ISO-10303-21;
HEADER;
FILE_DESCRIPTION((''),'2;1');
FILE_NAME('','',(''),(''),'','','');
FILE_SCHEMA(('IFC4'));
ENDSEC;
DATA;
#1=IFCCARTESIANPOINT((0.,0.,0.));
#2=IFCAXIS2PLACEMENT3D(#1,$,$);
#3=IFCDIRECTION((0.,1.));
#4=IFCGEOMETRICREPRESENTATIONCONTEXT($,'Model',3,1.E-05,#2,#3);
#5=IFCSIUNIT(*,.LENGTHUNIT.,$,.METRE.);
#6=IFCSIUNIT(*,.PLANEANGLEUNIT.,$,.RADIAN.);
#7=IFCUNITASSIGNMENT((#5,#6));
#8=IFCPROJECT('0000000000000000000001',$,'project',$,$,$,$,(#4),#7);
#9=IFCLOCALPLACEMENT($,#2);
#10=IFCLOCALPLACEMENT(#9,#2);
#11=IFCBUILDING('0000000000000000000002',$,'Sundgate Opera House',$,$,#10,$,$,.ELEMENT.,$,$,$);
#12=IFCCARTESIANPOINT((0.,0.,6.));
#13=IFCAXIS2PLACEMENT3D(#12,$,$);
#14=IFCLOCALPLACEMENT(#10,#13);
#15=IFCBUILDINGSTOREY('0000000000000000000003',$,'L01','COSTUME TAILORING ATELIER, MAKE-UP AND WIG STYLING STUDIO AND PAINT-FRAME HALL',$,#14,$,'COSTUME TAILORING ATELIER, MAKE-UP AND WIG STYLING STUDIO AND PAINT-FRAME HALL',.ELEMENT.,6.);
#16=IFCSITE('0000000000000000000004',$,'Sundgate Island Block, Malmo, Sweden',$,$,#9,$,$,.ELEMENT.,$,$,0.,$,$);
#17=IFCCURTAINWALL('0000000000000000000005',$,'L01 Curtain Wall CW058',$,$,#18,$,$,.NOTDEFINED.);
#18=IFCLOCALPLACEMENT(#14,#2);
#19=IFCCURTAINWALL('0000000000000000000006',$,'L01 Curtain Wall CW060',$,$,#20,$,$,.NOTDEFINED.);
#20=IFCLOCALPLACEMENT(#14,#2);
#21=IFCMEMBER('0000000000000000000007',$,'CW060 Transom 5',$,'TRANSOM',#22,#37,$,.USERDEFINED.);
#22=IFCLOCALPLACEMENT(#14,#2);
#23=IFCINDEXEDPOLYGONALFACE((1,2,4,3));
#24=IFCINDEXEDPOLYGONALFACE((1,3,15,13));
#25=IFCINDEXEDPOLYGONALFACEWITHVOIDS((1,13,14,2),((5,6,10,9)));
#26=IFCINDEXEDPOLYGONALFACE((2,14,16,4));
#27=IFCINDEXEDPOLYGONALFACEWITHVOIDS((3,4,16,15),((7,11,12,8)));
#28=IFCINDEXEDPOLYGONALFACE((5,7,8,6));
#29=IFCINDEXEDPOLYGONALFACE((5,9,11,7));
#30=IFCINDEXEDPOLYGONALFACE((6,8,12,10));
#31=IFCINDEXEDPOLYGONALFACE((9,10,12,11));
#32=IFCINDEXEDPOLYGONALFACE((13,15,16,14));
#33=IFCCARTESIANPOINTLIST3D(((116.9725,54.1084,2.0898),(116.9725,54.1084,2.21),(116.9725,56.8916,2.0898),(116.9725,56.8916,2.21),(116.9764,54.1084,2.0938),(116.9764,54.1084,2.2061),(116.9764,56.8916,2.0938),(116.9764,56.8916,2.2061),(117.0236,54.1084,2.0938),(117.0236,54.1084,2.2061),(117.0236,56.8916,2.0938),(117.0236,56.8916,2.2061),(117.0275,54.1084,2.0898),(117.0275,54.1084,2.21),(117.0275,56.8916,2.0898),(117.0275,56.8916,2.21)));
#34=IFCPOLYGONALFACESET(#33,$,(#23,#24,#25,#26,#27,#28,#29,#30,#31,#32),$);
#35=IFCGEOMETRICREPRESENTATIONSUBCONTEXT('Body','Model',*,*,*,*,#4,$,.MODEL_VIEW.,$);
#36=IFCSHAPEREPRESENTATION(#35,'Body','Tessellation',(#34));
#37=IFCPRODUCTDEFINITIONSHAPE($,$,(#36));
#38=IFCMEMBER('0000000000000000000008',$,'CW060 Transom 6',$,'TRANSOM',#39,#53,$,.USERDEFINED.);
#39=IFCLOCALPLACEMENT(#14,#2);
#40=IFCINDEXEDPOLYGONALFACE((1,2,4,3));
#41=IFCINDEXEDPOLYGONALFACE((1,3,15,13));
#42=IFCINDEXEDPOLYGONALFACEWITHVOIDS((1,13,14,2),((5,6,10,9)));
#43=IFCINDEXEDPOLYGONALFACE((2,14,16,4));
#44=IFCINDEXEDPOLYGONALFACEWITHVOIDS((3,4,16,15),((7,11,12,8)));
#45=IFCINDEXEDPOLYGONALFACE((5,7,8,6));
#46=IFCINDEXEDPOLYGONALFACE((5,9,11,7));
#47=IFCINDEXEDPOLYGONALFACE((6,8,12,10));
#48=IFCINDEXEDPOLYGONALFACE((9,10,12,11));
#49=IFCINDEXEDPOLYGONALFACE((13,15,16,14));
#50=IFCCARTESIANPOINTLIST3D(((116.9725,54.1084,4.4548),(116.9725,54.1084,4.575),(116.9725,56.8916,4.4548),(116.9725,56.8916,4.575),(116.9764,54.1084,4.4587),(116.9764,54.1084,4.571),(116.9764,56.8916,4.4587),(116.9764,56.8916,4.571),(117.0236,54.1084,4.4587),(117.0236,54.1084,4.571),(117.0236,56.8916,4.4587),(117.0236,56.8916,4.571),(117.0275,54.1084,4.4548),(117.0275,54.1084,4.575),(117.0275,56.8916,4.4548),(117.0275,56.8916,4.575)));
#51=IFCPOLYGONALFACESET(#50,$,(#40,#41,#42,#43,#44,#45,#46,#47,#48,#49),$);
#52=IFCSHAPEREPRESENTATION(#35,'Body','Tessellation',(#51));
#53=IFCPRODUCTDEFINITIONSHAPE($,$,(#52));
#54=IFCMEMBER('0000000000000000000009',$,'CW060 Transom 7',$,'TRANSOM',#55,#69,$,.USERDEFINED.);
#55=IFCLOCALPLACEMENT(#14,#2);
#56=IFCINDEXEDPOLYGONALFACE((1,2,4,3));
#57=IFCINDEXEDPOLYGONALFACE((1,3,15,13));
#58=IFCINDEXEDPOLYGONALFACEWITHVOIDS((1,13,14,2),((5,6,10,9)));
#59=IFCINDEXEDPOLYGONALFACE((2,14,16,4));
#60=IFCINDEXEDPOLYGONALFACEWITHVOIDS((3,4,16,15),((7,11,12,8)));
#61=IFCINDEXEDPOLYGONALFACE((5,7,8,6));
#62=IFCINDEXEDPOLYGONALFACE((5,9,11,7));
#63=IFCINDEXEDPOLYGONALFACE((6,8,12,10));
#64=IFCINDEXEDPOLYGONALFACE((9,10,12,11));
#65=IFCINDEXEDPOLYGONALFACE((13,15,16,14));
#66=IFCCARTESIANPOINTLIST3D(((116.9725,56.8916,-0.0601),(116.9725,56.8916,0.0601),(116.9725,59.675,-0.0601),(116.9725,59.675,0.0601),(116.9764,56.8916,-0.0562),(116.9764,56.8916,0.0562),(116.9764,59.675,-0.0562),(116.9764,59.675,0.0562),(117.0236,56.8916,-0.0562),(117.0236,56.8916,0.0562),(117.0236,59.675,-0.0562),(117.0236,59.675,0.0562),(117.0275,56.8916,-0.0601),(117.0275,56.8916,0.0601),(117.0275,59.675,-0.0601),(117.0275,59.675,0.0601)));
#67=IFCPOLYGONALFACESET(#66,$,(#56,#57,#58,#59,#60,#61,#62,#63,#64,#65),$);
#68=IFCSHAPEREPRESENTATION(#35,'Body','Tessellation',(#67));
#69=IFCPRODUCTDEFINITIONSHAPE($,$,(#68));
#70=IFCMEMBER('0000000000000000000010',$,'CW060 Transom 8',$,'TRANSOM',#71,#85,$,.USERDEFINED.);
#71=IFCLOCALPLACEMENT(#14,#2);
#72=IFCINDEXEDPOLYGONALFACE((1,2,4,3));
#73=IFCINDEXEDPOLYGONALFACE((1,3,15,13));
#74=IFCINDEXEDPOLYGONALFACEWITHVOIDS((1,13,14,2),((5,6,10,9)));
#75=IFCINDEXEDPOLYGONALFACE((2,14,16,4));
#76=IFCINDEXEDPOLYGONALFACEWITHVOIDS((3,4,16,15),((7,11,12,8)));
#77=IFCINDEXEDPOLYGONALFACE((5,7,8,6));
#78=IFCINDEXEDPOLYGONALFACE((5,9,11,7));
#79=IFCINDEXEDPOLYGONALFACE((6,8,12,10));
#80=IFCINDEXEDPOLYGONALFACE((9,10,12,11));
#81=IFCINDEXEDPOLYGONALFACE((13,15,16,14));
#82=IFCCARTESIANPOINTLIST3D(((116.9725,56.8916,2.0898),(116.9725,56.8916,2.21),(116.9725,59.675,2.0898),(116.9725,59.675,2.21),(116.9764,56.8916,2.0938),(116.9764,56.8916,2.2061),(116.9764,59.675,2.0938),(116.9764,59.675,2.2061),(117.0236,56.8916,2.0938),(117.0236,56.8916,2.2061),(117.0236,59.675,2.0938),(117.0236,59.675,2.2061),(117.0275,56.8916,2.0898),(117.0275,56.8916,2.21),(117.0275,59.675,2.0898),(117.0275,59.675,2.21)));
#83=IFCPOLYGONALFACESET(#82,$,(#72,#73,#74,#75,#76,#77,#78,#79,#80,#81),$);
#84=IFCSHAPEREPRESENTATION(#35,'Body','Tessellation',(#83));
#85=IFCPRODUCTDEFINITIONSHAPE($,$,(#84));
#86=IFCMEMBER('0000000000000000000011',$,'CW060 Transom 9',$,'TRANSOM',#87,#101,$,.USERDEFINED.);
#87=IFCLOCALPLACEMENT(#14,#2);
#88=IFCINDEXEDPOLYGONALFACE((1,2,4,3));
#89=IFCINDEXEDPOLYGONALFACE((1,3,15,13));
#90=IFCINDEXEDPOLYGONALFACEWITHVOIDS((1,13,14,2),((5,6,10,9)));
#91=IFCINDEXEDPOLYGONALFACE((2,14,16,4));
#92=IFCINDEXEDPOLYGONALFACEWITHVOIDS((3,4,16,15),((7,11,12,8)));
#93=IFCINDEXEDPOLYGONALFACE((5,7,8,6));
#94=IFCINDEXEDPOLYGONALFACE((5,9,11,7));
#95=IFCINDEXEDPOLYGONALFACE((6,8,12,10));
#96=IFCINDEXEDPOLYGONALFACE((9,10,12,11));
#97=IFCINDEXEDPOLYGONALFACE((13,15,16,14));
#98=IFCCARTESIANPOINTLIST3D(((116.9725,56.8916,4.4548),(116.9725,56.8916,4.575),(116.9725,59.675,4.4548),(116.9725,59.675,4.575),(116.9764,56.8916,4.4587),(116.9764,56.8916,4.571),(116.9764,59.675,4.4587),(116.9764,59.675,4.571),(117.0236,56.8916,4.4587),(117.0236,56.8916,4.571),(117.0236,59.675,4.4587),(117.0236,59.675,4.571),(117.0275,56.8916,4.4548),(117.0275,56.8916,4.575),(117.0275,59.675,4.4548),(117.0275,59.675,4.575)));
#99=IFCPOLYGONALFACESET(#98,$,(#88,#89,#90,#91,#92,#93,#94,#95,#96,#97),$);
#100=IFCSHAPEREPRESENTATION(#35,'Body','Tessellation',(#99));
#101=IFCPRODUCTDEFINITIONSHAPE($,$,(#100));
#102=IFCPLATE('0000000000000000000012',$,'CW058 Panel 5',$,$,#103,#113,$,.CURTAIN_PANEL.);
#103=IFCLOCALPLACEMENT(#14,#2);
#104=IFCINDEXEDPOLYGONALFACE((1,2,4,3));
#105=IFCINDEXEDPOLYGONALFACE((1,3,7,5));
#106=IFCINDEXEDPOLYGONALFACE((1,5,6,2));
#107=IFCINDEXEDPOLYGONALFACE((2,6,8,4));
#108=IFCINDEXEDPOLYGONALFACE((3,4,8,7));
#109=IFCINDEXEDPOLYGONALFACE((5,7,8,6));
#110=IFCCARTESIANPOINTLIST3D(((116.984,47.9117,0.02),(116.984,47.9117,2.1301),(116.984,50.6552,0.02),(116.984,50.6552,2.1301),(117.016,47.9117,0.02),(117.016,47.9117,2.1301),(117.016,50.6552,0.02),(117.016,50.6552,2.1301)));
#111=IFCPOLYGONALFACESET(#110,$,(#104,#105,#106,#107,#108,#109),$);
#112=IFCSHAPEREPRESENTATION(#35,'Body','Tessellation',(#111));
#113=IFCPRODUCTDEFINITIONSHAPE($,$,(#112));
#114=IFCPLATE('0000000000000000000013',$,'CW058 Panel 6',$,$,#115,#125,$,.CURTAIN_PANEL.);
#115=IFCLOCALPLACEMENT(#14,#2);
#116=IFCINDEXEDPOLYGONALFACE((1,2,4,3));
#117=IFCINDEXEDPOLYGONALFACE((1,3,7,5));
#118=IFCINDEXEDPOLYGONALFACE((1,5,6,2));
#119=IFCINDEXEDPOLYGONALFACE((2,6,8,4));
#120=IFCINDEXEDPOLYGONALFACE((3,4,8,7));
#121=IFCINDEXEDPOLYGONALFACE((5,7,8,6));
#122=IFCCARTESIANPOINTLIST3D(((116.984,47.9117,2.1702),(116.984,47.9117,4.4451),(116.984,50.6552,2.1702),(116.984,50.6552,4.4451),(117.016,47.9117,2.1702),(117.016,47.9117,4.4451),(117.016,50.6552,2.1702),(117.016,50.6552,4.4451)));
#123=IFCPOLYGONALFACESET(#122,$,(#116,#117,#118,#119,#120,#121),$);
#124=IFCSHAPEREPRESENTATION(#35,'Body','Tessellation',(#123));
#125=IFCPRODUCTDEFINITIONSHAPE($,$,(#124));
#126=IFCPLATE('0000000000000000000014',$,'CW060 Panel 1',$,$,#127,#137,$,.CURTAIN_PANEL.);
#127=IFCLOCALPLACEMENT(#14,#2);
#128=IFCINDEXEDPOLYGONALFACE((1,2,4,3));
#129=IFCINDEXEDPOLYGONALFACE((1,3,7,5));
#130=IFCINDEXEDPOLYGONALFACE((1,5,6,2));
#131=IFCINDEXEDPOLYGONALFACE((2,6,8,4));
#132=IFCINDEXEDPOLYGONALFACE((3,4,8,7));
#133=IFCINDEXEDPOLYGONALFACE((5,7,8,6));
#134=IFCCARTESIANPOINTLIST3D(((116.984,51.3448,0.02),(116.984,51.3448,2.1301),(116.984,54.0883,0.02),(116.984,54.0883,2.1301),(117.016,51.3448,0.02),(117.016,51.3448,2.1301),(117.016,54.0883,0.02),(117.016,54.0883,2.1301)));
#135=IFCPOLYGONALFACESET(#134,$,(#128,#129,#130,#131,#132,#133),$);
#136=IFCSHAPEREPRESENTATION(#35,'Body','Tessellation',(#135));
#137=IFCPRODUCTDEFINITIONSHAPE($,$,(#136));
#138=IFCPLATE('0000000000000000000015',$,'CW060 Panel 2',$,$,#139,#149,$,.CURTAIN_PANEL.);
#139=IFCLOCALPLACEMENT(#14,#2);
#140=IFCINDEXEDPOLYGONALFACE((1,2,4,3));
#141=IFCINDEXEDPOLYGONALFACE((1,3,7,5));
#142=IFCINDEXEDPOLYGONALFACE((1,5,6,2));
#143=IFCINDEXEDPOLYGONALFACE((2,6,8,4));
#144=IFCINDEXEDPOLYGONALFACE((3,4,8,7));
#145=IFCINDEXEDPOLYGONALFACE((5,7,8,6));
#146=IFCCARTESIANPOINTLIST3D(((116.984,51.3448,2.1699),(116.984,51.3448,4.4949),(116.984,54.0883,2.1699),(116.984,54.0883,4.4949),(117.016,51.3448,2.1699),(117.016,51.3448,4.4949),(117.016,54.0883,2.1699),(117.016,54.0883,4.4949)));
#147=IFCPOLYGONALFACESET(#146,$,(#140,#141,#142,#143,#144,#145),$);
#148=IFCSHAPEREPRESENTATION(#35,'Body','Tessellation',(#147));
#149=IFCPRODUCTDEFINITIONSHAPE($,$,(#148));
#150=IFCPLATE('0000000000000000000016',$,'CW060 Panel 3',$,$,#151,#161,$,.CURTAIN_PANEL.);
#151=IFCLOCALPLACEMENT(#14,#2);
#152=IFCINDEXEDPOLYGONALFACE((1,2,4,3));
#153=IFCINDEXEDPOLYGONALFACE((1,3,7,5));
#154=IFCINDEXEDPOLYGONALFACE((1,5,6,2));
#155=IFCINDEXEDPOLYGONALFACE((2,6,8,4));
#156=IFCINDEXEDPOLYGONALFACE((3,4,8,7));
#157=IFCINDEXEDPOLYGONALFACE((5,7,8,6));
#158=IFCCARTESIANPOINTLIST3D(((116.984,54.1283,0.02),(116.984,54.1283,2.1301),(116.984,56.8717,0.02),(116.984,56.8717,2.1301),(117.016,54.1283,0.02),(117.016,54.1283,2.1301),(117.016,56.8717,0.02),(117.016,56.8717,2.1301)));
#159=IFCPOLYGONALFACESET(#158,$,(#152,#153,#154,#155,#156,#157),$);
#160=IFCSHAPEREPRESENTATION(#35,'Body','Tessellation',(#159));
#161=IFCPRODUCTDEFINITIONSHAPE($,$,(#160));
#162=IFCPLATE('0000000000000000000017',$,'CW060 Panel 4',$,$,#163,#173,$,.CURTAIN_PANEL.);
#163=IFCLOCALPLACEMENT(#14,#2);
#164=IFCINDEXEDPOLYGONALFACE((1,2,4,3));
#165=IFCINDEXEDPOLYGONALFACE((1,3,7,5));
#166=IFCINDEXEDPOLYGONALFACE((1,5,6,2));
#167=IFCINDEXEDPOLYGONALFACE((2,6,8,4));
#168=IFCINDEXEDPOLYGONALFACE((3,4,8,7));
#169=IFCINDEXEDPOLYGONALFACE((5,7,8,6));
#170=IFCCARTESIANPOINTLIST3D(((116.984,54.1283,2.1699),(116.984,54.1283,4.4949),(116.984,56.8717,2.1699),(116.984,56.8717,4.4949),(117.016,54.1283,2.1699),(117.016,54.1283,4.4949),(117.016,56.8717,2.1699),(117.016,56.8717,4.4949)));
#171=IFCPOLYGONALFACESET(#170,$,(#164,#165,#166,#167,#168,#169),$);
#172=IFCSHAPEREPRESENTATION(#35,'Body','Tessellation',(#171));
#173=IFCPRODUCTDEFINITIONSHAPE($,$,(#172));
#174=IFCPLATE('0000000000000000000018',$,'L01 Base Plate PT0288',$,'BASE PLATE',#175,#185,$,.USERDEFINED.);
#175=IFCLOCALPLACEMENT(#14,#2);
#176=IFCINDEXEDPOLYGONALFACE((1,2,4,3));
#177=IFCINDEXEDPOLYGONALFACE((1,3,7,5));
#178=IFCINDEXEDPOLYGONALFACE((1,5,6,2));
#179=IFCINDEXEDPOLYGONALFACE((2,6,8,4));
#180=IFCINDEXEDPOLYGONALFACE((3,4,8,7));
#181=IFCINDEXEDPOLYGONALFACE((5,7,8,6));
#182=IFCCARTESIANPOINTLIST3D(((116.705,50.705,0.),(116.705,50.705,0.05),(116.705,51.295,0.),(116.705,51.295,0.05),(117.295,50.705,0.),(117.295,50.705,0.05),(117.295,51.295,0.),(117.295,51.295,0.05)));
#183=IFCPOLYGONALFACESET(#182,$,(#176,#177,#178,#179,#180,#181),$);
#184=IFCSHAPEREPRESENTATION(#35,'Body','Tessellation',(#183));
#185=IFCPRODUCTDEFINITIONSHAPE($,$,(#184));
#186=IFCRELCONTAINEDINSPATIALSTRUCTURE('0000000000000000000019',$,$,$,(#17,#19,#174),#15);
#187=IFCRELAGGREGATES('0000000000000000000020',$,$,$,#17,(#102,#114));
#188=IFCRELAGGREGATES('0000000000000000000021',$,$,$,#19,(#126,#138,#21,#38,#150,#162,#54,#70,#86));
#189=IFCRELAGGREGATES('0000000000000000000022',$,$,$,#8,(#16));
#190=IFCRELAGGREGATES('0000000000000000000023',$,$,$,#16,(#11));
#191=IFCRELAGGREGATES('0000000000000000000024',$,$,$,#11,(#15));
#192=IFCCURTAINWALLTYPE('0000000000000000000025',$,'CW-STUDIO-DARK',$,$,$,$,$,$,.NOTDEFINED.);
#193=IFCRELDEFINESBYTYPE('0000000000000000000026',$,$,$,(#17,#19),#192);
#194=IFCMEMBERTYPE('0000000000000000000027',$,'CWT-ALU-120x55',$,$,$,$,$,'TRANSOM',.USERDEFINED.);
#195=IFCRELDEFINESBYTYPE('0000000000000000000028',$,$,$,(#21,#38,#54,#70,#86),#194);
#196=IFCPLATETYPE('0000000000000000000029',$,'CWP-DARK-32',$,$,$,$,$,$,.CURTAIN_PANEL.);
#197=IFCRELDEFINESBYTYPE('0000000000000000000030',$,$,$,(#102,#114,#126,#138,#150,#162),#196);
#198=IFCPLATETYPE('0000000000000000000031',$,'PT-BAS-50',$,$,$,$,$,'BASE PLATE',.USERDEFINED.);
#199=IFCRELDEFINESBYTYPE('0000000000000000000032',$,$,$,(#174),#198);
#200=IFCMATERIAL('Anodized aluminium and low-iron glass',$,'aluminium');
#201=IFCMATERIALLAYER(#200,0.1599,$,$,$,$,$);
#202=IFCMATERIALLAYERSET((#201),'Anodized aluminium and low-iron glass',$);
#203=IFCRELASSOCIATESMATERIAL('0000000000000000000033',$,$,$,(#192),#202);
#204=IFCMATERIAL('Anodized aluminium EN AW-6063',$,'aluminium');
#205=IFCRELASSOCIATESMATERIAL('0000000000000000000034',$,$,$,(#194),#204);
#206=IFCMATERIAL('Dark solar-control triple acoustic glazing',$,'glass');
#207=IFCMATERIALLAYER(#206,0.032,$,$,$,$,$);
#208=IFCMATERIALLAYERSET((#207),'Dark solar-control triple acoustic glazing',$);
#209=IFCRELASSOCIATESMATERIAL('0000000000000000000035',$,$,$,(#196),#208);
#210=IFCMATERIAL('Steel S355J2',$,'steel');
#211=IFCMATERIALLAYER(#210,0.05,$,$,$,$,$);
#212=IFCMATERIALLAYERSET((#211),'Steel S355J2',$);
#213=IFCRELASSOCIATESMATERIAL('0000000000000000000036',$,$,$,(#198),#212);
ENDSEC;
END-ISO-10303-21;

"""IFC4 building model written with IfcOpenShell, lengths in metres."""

from ifc_helpers import new_model, si_unit, direction, frame, origin, origin_2d, place, context, subcontext, project, spatial, rectangle, hollow_rectangle, extrude, material, layer, layer_set, material_profile, profile_set, type_object, element, aggregate, save


model = new_model("IFC4")

# Units and contexts
model_context = context("Model", 3, precision=1e-05, world=origin(), true_north=direction((0.0, 1.0)))
body_context = subcontext(model_context, "Body", "Model", "MODEL_VIEW")
ifc_project = project(units=[si_unit("LENGTHUNIT", "METRE"), si_unit("PLANEANGLEUNIT", "RADIAN")], contexts=[model_context])

# Site, building, storey
site_placement = place(None, origin())
site = spatial("IfcSite", under=ifc_project, at=site_placement, Name="Sundgate Island Block, Malmo, Sweden", CompositionType="ELEMENT", RefElevation=0.0)
building_placement = place(site_placement, origin())
building = spatial("IfcBuilding", under=site, at=building_placement, Name="Sundgate Opera House", CompositionType="ELEMENT")
storey_placement = place(building_placement, frame((0.0, 0.0, 6.0)))
storey = spatial("IfcBuildingStorey", under=building, at=storey_placement, Name="L01", Description="COSTUME TAILORING ATELIER, MAKE-UP AND WIG STYLING STUDIO AND PAINT-FRAME HALL", LongName="COSTUME TAILORING ATELIER, MAKE-UP AND WIG STYLING STUDIO AND PAINT-FRAME HALL", CompositionType="ELEMENT", Elevation=6.0)

# Curtain wall
ifc_material_1 = material(Name="Anodized aluminium and low-iron glass", Category="aluminium")
ifc_layer_1 = layer(ifc_material_1, 0.1599)
ifc_layer_set_1 = layer_set([ifc_layer_1], Name="Anodized aluminium and low-iron glass")
curtain_wall_type = type_object("IfcCurtainWallType", Name="CW-STUDIO-DARK", PredefinedType="NOTDEFINED", material=ifc_layer_set_1)
curtain_wall_1_placement = place(storey_placement, origin())
curtain_wall_1 = element("IfcCurtainWall", 1, at=curtain_wall_1_placement, inside=storey, type_object=curtain_wall_type, Name="L01 Curtain Wall CW058", PredefinedType="NOTDEFINED")

# Curtain wall, members
curtain_wall_2_placement = place(storey_placement, origin())
curtain_wall_2 = element("IfcCurtainWall", 2, at=curtain_wall_2_placement, inside=storey, type_object=curtain_wall_type, Name="L01 Curtain Wall CW060", PredefinedType="NOTDEFINED")
ifc_material_2 = material(Name="Anodized aluminium EN AW-6063", Category="aluminium")
ifc_material_profile_1 = material_profile(ifc_material_2, hollow_rectangle(XDim=0.0549, YDim=0.1201, WallThickness=0.0039, at=origin_2d()), Name="CWT 120x55x4")
ifc_profile_set_1 = profile_set([ifc_material_profile_1], Name="Anodized aluminium EN AW-6063")
member_type_1 = type_object("IfcMemberType", Name="CWT-ALU-120x55", ElementType="TRANSOM", PredefinedType="USERDEFINED", material=ifc_profile_set_1)
member_1_placement = place(storey_placement, frame((117.0, 54.1084, 2.1499), z_axis=(0.0, 1.0, 0.0), x_axis=(-1.0, 0.0, 0.0)))
member_1 = element("IfcMember", 3, at=member_1_placement, type_object=member_type_1, Name="CW060 Transom 5", ObjectType="TRANSOM", PredefinedType="USERDEFINED", context=body_context, shape_type="SweptSolid", body=[
    extrude(hollow_rectangle(XDim=0.0549, YDim=0.1201, WallThickness=0.0039, at=origin_2d()), origin(), (0.0, 0.0, 1.0), 2.7832),
])
member_2_placement = place(storey_placement, frame((117.0, 54.1084, 4.5149), z_axis=(0.0, 1.0, 0.0), x_axis=(-1.0, 0.0, 0.0)))
member_2 = element("IfcMember", 4, at=member_2_placement, type_object=member_type_1, Name="CW060 Transom 6", ObjectType="TRANSOM", PredefinedType="USERDEFINED", context=body_context, shape_type="SweptSolid", body=[
    extrude(hollow_rectangle(XDim=0.0549, YDim=0.1201, WallThickness=0.0039, at=origin_2d()), origin(), (0.0, 0.0, 1.0), 2.7832),
])
member_3_placement = place(storey_placement, frame((117.0, 56.8916, 0.0), z_axis=(0.0, 1.0, 0.0), x_axis=(-1.0, 0.0, 0.0)))
member_3 = element("IfcMember", 5, at=member_3_placement, type_object=member_type_1, Name="CW060 Transom 7", ObjectType="TRANSOM", PredefinedType="USERDEFINED", context=body_context, shape_type="SweptSolid", body=[
    extrude(hollow_rectangle(XDim=0.0549, YDim=0.1201, WallThickness=0.0039, at=origin_2d()), origin(), (0.0, 0.0, 1.0), 2.7834),
])
member_4_placement = place(storey_placement, frame((117.0, 56.8916, 2.1499), z_axis=(0.0, 1.0, 0.0), x_axis=(-1.0, 0.0, 0.0)))
member_4 = element("IfcMember", 6, at=member_4_placement, type_object=member_type_1, Name="CW060 Transom 8", ObjectType="TRANSOM", PredefinedType="USERDEFINED", context=body_context, shape_type="SweptSolid", body=[
    extrude(hollow_rectangle(XDim=0.0549, YDim=0.1201, WallThickness=0.0039, at=origin_2d()), origin(), (0.0, 0.0, 1.0), 2.7834),
])
member_5_placement = place(storey_placement, frame((117.0, 56.8916, 4.5149), z_axis=(0.0, 1.0, 0.0), x_axis=(-1.0, 0.0, 0.0)))
member_5 = element("IfcMember", 7, at=member_5_placement, type_object=member_type_1, Name="CW060 Transom 9", ObjectType="TRANSOM", PredefinedType="USERDEFINED", context=body_context, shape_type="SweptSolid", body=[
    extrude(hollow_rectangle(XDim=0.0549, YDim=0.1201, WallThickness=0.0039, at=origin_2d()), origin(), (0.0, 0.0, 1.0), 2.7834),
])

# Plates
ifc_material_3 = material(Name="Dark solar-control triple acoustic glazing", Category="glass")
ifc_layer_2 = layer(ifc_material_3, 0.032)
ifc_layer_set_2 = layer_set([ifc_layer_2], Name="Dark solar-control triple acoustic glazing")
plate_type_1 = type_object("IfcPlateType", Name="CWP-DARK-32", PredefinedType="CURTAIN_PANEL", material=ifc_layer_set_2)
plate_1_placement = place(storey_placement, frame((117.0, 49.2834, 0.02), z_axis=(0.0, 0.0, 1.0), x_axis=(0.0, 1.0, 0.0)))
plate_1 = element("IfcPlate", 8, at=plate_1_placement, type_object=plate_type_1, Name="CW058 Panel 5", PredefinedType="CURTAIN_PANEL", context=body_context, shape_type="SweptSolid", body=[
    extrude(rectangle(XDim=2.7434, YDim=0.032, at=origin_2d()), origin(), (0.0, 0.0, 1.0), 2.1101),
])
plate_2_placement = place(storey_placement, frame((117.0, 49.2834, 2.1702), z_axis=(0.0, 0.0, 1.0), x_axis=(0.0, 1.0, 0.0)))
plate_2 = element("IfcPlate", 9, at=plate_2_placement, type_object=plate_type_1, Name="CW058 Panel 6", PredefinedType="CURTAIN_PANEL", context=body_context, shape_type="SweptSolid", body=[
    extrude(rectangle(XDim=2.7434, YDim=0.032, at=origin_2d()), origin(), (0.0, 0.0, 1.0), 2.2749),
])
aggregate(curtain_wall_1, [plate_1, plate_2])
plate_3_placement = place(storey_placement, frame((117.0, 52.7166, 0.02), z_axis=(0.0, 0.0, 1.0), x_axis=(0.0, 1.0, 0.0)))
plate_3 = element("IfcPlate", 10, at=plate_3_placement, type_object=plate_type_1, Name="CW060 Panel 1", PredefinedType="CURTAIN_PANEL", context=body_context, shape_type="SweptSolid", body=[
    extrude(rectangle(XDim=2.7434, YDim=0.032, at=origin_2d()), origin(), (0.0, 0.0, 1.0), 2.1101),
])
plate_4_placement = place(storey_placement, frame((117.0, 52.7166, 2.1699), z_axis=(0.0, 0.0, 1.0), x_axis=(0.0, 1.0, 0.0)))
plate_4 = element("IfcPlate", 11, at=plate_4_placement, type_object=plate_type_1, Name="CW060 Panel 2", PredefinedType="CURTAIN_PANEL", context=body_context, shape_type="SweptSolid", body=[
    extrude(rectangle(XDim=2.7434, YDim=0.032, at=origin_2d()), origin(), (0.0, 0.0, 1.0), 2.325),
])
plate_5_placement = place(storey_placement, frame((117.0, 55.5, 0.02), z_axis=(0.0, 0.0, 1.0), x_axis=(0.0, 1.0, 0.0)))
plate_5 = element("IfcPlate", 12, at=plate_5_placement, type_object=plate_type_1, Name="CW060 Panel 3", PredefinedType="CURTAIN_PANEL", context=body_context, shape_type="SweptSolid", body=[
    extrude(rectangle(XDim=2.7434, YDim=0.032, at=origin_2d()), origin(), (0.0, 0.0, 1.0), 2.1101),
])
plate_6_placement = place(storey_placement, frame((117.0, 55.5, 2.1699), z_axis=(0.0, 0.0, 1.0), x_axis=(0.0, 1.0, 0.0)))
plate_6 = element("IfcPlate", 13, at=plate_6_placement, type_object=plate_type_1, Name="CW060 Panel 4", PredefinedType="CURTAIN_PANEL", context=body_context, shape_type="SweptSolid", body=[
    extrude(rectangle(XDim=2.7434, YDim=0.032, at=origin_2d()), origin(), (0.0, 0.0, 1.0), 2.325),
])
aggregate(curtain_wall_2, [plate_3, plate_4, member_1, member_2, plate_5, plate_6, member_3, member_4, member_5])
ifc_material_4 = material(Name="Steel S355J2", Category="steel")
ifc_layer_3 = layer(ifc_material_4, 0.05)
ifc_layer_set_3 = layer_set([ifc_layer_3], Name="Steel S355J2")
plate_type_2 = type_object("IfcPlateType", Name="PT-BAS-50", ElementType="BASE PLATE", PredefinedType="USERDEFINED", material=ifc_layer_set_3)
plate_7_placement = place(storey_placement, frame((117.0, 51.0, 0.0), z_axis=(0.0, 0.0, 1.0), x_axis=(1.0, 0.0, 0.0)))
element("IfcPlate", 14, at=plate_7_placement, inside=storey, type_object=plate_type_2, Name="L01 Base Plate PT0288", ObjectType="BASE PLATE", PredefinedType="USERDEFINED", context=body_context, shape_type="SweptSolid", body=[
    extrude(rectangle(XDim=0.5901, YDim=0.5901, at=origin_2d()), origin(), (0.0, 0.0, 1.0), 0.05),
])

save(model, "model.ifc")
